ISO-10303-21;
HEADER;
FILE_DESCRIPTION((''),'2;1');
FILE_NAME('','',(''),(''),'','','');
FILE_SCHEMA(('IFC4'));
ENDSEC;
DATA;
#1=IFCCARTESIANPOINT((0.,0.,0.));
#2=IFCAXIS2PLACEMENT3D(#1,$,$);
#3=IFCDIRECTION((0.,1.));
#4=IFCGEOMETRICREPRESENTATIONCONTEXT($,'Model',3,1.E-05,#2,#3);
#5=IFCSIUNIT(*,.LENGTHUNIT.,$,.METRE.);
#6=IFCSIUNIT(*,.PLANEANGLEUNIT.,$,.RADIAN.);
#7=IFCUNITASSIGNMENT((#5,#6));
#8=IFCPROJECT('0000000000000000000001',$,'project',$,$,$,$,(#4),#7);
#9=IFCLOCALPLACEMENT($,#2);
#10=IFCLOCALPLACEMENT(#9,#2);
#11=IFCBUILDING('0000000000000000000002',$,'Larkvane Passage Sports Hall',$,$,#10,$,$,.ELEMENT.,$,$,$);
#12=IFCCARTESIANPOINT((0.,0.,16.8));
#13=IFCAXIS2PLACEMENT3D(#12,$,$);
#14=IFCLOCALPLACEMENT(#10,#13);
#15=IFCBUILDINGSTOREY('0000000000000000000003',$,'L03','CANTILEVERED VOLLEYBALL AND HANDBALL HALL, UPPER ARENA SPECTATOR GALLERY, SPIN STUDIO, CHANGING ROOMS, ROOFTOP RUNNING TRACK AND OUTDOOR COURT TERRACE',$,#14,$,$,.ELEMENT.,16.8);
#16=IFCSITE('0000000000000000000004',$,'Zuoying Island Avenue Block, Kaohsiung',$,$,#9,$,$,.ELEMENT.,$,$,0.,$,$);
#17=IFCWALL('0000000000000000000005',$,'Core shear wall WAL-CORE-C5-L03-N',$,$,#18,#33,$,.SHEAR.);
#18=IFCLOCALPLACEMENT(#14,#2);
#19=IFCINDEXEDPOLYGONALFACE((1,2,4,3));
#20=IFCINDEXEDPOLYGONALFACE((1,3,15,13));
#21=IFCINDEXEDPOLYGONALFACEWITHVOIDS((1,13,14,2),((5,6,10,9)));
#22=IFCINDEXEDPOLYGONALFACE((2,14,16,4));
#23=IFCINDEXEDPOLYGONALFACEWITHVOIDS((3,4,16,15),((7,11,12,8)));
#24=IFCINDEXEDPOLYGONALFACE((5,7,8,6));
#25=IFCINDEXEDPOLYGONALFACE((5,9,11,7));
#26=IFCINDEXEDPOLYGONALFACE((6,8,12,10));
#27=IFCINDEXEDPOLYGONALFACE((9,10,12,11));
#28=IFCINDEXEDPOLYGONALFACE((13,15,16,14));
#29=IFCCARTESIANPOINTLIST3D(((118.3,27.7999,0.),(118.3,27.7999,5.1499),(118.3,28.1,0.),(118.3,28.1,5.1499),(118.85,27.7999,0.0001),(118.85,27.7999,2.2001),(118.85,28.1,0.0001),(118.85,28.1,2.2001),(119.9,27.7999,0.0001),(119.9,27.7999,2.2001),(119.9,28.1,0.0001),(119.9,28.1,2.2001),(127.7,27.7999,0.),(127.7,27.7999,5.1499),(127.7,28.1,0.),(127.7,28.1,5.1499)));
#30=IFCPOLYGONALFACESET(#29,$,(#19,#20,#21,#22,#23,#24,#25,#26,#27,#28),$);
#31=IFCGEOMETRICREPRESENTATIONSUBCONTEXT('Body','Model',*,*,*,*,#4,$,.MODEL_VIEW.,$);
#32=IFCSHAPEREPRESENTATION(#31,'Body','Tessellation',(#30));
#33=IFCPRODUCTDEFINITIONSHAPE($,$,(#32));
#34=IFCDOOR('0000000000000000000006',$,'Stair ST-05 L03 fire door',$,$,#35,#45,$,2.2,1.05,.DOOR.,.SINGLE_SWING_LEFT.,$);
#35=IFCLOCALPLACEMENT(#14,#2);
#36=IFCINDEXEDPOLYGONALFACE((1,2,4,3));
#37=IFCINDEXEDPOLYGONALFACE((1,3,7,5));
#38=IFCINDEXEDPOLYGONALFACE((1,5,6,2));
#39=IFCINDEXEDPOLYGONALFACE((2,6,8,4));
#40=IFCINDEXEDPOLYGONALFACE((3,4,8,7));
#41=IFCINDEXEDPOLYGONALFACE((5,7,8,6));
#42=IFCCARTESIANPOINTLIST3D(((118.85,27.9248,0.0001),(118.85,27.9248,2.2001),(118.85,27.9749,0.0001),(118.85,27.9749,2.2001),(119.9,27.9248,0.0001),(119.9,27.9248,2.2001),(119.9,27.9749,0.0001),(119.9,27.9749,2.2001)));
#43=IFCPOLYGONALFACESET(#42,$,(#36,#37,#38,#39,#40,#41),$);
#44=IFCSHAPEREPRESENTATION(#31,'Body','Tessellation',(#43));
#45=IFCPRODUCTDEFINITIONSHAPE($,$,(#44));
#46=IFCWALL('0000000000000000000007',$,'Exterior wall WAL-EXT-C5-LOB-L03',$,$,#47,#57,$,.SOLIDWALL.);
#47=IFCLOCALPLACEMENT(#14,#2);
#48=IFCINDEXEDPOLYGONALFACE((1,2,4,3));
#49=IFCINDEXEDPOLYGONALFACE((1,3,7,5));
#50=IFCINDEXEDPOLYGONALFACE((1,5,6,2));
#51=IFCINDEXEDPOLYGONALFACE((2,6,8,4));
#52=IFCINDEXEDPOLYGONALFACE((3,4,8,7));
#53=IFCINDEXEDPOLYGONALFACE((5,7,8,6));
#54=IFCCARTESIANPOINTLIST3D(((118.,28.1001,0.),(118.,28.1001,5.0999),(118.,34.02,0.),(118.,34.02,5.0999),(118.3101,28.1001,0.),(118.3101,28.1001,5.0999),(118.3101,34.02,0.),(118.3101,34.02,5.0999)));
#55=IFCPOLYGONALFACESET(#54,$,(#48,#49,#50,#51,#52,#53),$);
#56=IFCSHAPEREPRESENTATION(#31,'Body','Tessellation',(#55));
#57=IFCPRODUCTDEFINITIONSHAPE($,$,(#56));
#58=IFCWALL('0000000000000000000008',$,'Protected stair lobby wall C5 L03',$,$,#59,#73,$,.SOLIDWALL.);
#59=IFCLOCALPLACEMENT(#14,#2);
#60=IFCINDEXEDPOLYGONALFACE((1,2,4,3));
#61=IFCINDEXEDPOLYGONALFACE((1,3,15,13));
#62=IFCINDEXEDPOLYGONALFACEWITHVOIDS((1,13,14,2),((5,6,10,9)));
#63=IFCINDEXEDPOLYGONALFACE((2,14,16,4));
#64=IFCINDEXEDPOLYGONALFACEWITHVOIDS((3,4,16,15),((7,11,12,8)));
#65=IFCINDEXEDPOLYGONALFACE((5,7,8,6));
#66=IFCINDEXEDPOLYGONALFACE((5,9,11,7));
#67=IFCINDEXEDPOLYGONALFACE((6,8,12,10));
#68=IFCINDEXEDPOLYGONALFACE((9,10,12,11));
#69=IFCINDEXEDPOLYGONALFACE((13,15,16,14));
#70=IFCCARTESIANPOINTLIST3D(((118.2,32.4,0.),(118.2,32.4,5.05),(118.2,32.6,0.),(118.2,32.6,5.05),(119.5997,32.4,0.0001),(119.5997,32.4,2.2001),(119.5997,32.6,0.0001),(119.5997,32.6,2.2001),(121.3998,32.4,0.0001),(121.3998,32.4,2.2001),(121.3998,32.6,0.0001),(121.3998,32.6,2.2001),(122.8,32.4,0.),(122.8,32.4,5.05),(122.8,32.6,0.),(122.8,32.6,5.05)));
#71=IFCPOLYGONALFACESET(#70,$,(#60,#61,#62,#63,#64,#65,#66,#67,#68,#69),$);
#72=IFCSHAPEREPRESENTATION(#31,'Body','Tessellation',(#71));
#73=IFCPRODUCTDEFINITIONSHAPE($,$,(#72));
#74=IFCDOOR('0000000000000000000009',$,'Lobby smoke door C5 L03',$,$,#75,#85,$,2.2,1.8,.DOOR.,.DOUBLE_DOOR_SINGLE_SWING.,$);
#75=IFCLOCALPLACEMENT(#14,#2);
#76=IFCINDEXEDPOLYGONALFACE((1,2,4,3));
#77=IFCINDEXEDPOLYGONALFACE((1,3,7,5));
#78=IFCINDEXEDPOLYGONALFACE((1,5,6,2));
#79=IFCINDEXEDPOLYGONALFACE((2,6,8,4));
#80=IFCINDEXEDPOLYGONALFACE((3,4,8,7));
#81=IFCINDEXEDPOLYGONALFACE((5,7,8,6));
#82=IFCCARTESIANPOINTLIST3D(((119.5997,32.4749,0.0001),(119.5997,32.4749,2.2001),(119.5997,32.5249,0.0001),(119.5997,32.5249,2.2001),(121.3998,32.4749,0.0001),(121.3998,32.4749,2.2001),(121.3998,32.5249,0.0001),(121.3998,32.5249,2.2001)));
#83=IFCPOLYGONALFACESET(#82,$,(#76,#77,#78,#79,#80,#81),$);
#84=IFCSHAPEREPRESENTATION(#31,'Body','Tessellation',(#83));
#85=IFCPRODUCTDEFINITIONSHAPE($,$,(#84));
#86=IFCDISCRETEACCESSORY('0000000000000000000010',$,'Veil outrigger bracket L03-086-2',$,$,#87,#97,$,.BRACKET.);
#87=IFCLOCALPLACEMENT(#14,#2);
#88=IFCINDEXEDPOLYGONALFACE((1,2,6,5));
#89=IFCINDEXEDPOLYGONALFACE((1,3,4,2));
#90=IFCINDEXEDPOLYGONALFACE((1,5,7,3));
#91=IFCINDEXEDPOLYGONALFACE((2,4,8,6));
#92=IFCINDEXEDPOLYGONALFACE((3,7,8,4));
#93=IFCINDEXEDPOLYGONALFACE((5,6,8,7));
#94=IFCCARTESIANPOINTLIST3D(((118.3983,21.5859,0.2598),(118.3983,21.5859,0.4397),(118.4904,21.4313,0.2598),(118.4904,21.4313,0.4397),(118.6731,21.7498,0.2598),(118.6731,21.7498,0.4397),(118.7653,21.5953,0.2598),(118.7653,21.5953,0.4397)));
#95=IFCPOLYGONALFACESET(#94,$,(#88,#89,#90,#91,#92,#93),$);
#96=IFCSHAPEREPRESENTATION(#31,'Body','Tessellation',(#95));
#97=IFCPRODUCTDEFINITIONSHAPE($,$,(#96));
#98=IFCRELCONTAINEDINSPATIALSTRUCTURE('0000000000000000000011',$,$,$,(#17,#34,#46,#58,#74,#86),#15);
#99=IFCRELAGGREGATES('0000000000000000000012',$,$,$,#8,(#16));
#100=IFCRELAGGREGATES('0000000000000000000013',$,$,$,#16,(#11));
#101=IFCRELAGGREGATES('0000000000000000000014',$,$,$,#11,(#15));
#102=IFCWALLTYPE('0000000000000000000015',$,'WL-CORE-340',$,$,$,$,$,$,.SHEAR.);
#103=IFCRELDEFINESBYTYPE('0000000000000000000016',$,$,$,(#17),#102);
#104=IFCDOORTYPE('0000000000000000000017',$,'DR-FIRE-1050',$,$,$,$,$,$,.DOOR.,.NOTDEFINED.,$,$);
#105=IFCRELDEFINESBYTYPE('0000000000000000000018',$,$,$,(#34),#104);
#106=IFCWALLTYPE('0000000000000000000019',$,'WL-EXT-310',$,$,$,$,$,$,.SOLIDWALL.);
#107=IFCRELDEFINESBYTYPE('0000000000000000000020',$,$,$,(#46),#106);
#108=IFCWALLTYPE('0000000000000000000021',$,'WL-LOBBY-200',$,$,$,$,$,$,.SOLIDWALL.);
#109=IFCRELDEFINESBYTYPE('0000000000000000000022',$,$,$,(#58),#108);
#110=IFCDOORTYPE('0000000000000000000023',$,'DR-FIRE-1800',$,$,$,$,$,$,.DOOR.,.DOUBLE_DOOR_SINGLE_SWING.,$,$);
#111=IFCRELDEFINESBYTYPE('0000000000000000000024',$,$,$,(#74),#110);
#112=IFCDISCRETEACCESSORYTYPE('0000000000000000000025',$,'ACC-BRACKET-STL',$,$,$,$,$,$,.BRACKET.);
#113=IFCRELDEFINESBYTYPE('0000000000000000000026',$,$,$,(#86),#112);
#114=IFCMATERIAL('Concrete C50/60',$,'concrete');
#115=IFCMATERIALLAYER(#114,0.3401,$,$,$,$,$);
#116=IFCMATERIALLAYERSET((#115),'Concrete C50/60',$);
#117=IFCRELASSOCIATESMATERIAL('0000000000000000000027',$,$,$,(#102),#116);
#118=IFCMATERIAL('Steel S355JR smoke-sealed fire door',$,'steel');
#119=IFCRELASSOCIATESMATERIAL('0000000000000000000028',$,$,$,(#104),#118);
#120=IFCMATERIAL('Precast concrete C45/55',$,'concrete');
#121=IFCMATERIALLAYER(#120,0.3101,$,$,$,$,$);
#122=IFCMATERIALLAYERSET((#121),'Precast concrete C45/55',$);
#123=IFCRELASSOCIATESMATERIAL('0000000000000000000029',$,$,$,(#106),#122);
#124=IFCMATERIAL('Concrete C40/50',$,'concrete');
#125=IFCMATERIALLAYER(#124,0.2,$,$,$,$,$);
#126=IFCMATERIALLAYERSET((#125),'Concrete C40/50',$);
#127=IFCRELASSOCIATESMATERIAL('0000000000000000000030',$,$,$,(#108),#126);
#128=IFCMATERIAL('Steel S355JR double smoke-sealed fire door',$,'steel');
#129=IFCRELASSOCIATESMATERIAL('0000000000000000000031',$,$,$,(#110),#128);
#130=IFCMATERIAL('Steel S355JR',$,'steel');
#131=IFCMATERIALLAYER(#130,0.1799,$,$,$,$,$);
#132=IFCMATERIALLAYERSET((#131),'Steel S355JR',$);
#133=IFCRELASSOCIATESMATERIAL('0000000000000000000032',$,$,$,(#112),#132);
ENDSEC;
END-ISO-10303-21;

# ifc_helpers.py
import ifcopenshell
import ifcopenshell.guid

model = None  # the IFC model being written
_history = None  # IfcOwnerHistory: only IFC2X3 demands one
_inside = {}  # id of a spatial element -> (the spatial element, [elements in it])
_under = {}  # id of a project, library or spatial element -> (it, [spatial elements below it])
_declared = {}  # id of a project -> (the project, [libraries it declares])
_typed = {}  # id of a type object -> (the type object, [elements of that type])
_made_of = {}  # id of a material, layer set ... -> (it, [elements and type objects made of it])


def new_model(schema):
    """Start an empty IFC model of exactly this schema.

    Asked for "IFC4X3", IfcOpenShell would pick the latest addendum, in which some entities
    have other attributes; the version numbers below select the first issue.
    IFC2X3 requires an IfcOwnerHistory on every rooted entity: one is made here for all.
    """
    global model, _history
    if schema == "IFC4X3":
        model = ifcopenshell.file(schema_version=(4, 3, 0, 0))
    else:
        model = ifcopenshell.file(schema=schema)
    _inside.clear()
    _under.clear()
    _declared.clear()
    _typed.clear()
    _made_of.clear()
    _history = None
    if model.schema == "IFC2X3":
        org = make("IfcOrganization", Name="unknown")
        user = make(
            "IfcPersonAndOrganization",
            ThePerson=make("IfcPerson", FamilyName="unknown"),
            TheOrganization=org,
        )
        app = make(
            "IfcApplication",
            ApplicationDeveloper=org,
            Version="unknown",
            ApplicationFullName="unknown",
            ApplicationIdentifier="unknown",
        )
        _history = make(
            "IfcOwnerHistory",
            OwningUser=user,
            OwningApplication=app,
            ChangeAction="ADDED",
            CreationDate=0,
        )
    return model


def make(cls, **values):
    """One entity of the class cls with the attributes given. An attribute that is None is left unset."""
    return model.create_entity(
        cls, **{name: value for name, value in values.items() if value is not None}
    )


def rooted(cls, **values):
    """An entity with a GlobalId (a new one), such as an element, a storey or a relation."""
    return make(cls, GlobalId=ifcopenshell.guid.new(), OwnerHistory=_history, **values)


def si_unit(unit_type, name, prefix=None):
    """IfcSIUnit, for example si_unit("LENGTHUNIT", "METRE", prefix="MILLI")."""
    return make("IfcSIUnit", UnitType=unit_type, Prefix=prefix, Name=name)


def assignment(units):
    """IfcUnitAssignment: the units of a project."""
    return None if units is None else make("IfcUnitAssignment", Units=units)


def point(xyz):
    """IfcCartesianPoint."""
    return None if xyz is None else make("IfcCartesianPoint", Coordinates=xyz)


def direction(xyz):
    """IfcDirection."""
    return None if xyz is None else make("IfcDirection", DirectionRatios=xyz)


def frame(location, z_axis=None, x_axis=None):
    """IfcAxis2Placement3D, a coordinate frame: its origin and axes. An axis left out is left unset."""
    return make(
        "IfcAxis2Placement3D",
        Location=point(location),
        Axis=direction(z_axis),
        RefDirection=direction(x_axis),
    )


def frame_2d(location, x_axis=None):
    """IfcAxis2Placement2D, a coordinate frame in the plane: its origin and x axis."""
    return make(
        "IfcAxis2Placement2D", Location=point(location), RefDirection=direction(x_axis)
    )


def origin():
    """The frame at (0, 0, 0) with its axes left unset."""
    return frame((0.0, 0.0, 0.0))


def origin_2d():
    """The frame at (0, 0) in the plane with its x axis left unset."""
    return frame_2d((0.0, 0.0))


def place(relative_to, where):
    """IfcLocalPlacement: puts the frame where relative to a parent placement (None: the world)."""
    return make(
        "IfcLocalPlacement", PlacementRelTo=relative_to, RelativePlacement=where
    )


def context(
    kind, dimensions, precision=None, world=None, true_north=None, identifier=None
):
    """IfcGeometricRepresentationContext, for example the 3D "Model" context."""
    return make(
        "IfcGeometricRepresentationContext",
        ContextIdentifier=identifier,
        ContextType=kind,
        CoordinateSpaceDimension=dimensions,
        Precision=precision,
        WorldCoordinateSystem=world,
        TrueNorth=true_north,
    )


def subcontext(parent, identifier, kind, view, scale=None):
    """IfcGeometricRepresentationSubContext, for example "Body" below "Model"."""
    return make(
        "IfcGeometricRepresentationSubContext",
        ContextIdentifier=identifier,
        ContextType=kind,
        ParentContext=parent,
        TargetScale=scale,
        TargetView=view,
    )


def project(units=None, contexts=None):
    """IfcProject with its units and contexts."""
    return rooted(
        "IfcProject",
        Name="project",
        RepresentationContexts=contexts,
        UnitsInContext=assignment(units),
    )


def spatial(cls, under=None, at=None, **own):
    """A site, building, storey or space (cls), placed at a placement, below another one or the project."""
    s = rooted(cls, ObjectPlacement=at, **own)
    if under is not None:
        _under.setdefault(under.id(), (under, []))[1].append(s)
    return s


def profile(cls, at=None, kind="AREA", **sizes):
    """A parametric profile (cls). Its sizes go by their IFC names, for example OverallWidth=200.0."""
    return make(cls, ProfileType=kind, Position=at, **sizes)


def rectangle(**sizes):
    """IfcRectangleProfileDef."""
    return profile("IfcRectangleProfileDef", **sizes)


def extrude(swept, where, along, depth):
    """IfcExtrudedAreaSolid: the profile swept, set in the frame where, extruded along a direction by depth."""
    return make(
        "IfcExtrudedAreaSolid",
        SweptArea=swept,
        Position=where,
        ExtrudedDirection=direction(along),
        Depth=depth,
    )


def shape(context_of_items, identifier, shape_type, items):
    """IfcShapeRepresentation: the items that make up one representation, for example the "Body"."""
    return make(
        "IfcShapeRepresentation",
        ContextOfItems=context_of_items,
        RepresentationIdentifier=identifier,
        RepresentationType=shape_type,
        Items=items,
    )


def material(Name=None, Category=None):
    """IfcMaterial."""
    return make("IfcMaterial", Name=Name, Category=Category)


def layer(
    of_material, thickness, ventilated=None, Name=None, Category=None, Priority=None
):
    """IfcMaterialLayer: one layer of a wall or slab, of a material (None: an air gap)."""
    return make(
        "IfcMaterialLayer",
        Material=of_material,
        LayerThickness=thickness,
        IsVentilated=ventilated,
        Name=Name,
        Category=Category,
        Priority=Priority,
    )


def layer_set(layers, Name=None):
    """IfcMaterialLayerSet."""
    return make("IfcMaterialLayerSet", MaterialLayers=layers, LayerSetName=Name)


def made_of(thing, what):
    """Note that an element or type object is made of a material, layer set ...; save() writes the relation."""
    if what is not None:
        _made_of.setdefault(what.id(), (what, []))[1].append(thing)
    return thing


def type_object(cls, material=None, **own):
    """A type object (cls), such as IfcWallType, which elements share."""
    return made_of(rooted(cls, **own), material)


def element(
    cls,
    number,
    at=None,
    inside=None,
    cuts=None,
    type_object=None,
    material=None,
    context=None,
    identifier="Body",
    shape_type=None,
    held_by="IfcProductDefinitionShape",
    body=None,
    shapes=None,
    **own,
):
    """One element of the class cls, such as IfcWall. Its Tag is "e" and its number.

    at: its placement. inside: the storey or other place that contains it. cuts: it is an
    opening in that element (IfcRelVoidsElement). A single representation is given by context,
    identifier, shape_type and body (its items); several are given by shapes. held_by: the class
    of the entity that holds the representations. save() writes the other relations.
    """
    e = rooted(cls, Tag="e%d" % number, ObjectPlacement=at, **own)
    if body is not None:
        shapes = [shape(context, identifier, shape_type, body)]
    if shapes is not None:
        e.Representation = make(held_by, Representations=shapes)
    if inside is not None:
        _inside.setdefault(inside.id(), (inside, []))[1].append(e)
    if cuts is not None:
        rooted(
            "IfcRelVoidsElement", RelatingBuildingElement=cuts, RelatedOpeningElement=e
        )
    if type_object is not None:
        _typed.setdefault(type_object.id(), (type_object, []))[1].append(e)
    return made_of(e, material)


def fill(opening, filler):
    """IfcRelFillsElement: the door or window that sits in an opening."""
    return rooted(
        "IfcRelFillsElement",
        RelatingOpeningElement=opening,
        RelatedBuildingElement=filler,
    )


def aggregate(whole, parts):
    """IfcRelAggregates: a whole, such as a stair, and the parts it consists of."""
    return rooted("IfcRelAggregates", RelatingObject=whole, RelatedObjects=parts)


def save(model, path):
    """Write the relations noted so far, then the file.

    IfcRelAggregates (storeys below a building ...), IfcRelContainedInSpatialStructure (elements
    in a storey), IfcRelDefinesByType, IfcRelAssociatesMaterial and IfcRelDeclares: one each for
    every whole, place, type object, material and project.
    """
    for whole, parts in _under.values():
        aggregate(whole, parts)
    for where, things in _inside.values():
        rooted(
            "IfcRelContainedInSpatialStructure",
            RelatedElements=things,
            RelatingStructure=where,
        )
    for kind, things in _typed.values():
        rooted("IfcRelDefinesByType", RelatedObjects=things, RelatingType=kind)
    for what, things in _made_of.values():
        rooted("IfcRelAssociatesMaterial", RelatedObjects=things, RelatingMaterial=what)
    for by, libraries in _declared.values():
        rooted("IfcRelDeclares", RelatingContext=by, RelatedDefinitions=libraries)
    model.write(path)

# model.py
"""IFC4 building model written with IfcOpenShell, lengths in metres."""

from ifc_helpers import new_model, si_unit, direction, frame, frame_2d, origin, origin_2d, place, context, subcontext, project, spatial, rectangle, extrude, material, layer, layer_set, type_object, element, fill, save


model = new_model("IFC4")

# Units and contexts
model_context = context("Model", 3, precision=1e-05, world=origin(), true_north=direction((0.0, 1.0)))
body_context = subcontext(model_context, "Body", "Model", "MODEL_VIEW")
ifc_project = project(units=[si_unit("LENGTHUNIT", "METRE"), si_unit("PLANEANGLEUNIT", "RADIAN")], contexts=[model_context])

# Site, building, storey
site_placement = place(None, origin())
site = spatial("IfcSite", under=ifc_project, at=site_placement, Name="Zuoying Island Avenue Block, Kaohsiung", CompositionType="ELEMENT", RefElevation=0.0)
building_placement = place(site_placement, origin())
building = spatial("IfcBuilding", under=site, at=building_placement, Name="Larkvane Passage Sports Hall", CompositionType="ELEMENT")
storey_placement = place(building_placement, frame((0.0, 0.0, 16.8)))
storey = spatial("IfcBuildingStorey", under=building, at=storey_placement, Name="L03", Description="CANTILEVERED VOLLEYBALL AND HANDBALL HALL, UPPER ARENA SPECTATOR GALLERY, SPIN STUDIO, CHANGING ROOMS, ROOFTOP RUNNING TRACK AND OUTDOOR COURT TERRACE", CompositionType="ELEMENT", Elevation=16.8)

# Wall, opening, door
ifc_material_1 = material(Name="Concrete C50/60", Category="concrete")
ifc_layer_1 = layer(ifc_material_1, 0.3401)
ifc_layer_set_1 = layer_set([ifc_layer_1], Name="Concrete C50/60")
wall_type_1 = type_object("IfcWallType", Name="WL-CORE-340", PredefinedType="SHEAR", material=ifc_layer_set_1)
wall_1_placement = place(storey_placement, frame((118.3, 27.95, 0.0), z_axis=(0.0, 0.0, 1.0), x_axis=(1.0, 0.0, 0.0)))
wall_1 = element("IfcWall", 1, at=wall_1_placement, inside=storey, type_object=wall_type_1, Name="Core shear wall WAL-CORE-C5-L03-N", PredefinedType="SHEAR", context=body_context, shape_type="SweptSolid", body=[
    extrude(rectangle(XDim=9.3999, YDim=0.3, at=frame_2d((4.7, 0.0))), origin(), (0.0, 0.0, 1.0), 5.1499),
])
opening_1_placement = place(wall_1_placement, frame((0.55, 0.0, 0.0)))
opening_1 = element("IfcOpeningElement", 2, at=opening_1_placement, cuts=wall_1, PredefinedType="OPENING", context=body_context, shape_type="SweptSolid", body=[
    extrude(rectangle(XDim=1.05, YDim=2.2, at=frame_2d((0.5249, 1.1001))), frame((0.0, 0.1599, 0.0), z_axis=(0.0, -1.0, 0.0), x_axis=(1.0, 0.0, 0.0)), (0.0, 0.0, 1.0), 0.3201),
])
ifc_material_2 = material(Name="Steel S355JR smoke-sealed fire door", Category="steel")
door_type_1 = type_object("IfcDoorType", Name="DR-FIRE-1050", OperationType="NOTDEFINED", PredefinedType="DOOR", material=ifc_material_2)
door_1_placement = place(opening_1_placement, origin())
door_1 = element("IfcDoor", 3, at=door_1_placement, inside=storey, type_object=door_type_1, Name="Stair ST-05 L03 fire door", OperationType="SINGLE_SWING_LEFT", OverallHeight=2.2, OverallWidth=1.05, PredefinedType="DOOR", context=body_context, shape_type="SweptSolid", body=[
    extrude(rectangle(XDim=1.05, YDim=2.2, at=frame_2d((0.5249, 1.1001))), frame((0.0, 0.0249, 0.0), z_axis=(0.0, -1.0, 0.0), x_axis=(1.0, 0.0, 0.0)), (0.0, 0.0, 1.0), 0.05),
])
fill(opening_1, door_1)

# Wall
ifc_material_3 = material(Name="Precast concrete C45/55", Category="concrete")
ifc_layer_2 = layer(ifc_material_3, 0.3101)
ifc_layer_set_2 = layer_set([ifc_layer_2], Name="Precast concrete C45/55")
wall_type_2 = type_object("IfcWallType", Name="WL-EXT-310", PredefinedType="SOLIDWALL", material=ifc_layer_set_2)
wall_2_placement = place(storey_placement, frame((118.155, 28.1001, 0.0), z_axis=(0.0, 0.0, 1.0), x_axis=(0.0, 1.0, 0.0)))
element("IfcWall", 4, at=wall_2_placement, inside=storey, type_object=wall_type_2, Name="Exterior wall WAL-EXT-C5-LOB-L03", PredefinedType="SOLIDWALL", context=body_context, shape_type="SweptSolid", body=[
    extrude(rectangle(XDim=5.9199, YDim=0.3101, at=frame_2d((2.96, 0.0))), origin(), (0.0, 0.0, 1.0), 5.0999),
])

# Wall, opening, door
ifc_material_4 = material(Name="Concrete C40/50", Category="concrete")
ifc_layer_3 = layer(ifc_material_4, 0.2)
ifc_layer_set_3 = layer_set([ifc_layer_3], Name="Concrete C40/50")
wall_type_3 = type_object("IfcWallType", Name="WL-LOBBY-200", PredefinedType="SOLIDWALL", material=ifc_layer_set_3)
wall_3_placement = place(storey_placement, frame((118.2, 32.5, 0.0), z_axis=(0.0, 0.0, 1.0), x_axis=(1.0, 0.0, 0.0)))
wall_3 = element("IfcWall", 5, at=wall_3_placement, inside=storey, type_object=wall_type_3, Name="Protected stair lobby wall C5 L03", PredefinedType="SOLIDWALL", context=body_context, shape_type="SweptSolid", body=[
    extrude(rectangle(XDim=4.6001, YDim=0.2, at=frame_2d((2.3, 0.0))), origin(), (0.0, 0.0, 1.0), 5.05),
])
opening_2_placement = place(wall_3_placement, frame((1.3999, 0.0, 0.0)))
opening_2 = element("IfcOpeningElement", 6, at=opening_2_placement, cuts=wall_3, PredefinedType="OPENING", context=body_context, shape_type="SweptSolid", body=[
    extrude(rectangle(XDim=1.8, YDim=2.2, at=frame_2d((0.8999, 1.1001))), frame((0.0, 0.1099, 0.0), z_axis=(0.0, -1.0, 0.0), x_axis=(1.0, 0.0, 0.0)), (0.0, 0.0, 1.0), 0.22),
])
ifc_material_5 = material(Name="Steel S355JR double smoke-sealed fire door", Category="steel")
door_type_2 = type_object("IfcDoorType", Name="DR-FIRE-1800", OperationType="DOUBLE_DOOR_SINGLE_SWING", PredefinedType="DOOR", material=ifc_material_5)
door_2_placement = place(opening_2_placement, origin())
door_2 = element("IfcDoor", 7, at=door_2_placement, inside=storey, type_object=door_type_2, Name="Lobby smoke door C5 L03", OperationType="DOUBLE_DOOR_SINGLE_SWING", OverallHeight=2.2, OverallWidth=1.8, PredefinedType="DOOR", context=body_context, shape_type="SweptSolid", body=[
    extrude(rectangle(XDim=1.8, YDim=2.2, at=frame_2d((0.8999, 1.1001))), frame((0.0, 0.0249, 0.0), z_axis=(0.0, -1.0, 0.0), x_axis=(1.0, 0.0, 0.0)), (0.0, 0.0, 1.0), 0.05),
])
fill(opening_2, door_2)

# Discrete accessory
ifc_material_6 = material(Name="Steel S355JR", Category="steel")
ifc_layer_4 = layer(ifc_material_6, 0.1799)
ifc_layer_set_4 = layer_set([ifc_layer_4], Name="Steel S355JR")
discrete_accessory_type = type_object("IfcDiscreteAccessoryType", Name="ACC-BRACKET-STL", PredefinedType="BRACKET", material=ifc_layer_set_4)
discrete_accessory_placement = place(storey_placement, frame((118.5818, 21.5906, 0.2598), z_axis=(0.0, 0.0, 1.0), x_axis=(-0.512278, 0.85882, 0.0)))
element("IfcDiscreteAccessory", 8, at=discrete_accessory_placement, inside=storey, type_object=discrete_accessory_type, Name="Veil outrigger bracket L03-086-2", PredefinedType="BRACKET", context=body_context, shape_type="SweptSolid", body=[
    extrude(rectangle(XDim=0.1799, YDim=0.3201, at=origin_2d()), origin(), (0.0, 0.0, 1.0), 0.1799),
])

save(model, "model.ifc")
